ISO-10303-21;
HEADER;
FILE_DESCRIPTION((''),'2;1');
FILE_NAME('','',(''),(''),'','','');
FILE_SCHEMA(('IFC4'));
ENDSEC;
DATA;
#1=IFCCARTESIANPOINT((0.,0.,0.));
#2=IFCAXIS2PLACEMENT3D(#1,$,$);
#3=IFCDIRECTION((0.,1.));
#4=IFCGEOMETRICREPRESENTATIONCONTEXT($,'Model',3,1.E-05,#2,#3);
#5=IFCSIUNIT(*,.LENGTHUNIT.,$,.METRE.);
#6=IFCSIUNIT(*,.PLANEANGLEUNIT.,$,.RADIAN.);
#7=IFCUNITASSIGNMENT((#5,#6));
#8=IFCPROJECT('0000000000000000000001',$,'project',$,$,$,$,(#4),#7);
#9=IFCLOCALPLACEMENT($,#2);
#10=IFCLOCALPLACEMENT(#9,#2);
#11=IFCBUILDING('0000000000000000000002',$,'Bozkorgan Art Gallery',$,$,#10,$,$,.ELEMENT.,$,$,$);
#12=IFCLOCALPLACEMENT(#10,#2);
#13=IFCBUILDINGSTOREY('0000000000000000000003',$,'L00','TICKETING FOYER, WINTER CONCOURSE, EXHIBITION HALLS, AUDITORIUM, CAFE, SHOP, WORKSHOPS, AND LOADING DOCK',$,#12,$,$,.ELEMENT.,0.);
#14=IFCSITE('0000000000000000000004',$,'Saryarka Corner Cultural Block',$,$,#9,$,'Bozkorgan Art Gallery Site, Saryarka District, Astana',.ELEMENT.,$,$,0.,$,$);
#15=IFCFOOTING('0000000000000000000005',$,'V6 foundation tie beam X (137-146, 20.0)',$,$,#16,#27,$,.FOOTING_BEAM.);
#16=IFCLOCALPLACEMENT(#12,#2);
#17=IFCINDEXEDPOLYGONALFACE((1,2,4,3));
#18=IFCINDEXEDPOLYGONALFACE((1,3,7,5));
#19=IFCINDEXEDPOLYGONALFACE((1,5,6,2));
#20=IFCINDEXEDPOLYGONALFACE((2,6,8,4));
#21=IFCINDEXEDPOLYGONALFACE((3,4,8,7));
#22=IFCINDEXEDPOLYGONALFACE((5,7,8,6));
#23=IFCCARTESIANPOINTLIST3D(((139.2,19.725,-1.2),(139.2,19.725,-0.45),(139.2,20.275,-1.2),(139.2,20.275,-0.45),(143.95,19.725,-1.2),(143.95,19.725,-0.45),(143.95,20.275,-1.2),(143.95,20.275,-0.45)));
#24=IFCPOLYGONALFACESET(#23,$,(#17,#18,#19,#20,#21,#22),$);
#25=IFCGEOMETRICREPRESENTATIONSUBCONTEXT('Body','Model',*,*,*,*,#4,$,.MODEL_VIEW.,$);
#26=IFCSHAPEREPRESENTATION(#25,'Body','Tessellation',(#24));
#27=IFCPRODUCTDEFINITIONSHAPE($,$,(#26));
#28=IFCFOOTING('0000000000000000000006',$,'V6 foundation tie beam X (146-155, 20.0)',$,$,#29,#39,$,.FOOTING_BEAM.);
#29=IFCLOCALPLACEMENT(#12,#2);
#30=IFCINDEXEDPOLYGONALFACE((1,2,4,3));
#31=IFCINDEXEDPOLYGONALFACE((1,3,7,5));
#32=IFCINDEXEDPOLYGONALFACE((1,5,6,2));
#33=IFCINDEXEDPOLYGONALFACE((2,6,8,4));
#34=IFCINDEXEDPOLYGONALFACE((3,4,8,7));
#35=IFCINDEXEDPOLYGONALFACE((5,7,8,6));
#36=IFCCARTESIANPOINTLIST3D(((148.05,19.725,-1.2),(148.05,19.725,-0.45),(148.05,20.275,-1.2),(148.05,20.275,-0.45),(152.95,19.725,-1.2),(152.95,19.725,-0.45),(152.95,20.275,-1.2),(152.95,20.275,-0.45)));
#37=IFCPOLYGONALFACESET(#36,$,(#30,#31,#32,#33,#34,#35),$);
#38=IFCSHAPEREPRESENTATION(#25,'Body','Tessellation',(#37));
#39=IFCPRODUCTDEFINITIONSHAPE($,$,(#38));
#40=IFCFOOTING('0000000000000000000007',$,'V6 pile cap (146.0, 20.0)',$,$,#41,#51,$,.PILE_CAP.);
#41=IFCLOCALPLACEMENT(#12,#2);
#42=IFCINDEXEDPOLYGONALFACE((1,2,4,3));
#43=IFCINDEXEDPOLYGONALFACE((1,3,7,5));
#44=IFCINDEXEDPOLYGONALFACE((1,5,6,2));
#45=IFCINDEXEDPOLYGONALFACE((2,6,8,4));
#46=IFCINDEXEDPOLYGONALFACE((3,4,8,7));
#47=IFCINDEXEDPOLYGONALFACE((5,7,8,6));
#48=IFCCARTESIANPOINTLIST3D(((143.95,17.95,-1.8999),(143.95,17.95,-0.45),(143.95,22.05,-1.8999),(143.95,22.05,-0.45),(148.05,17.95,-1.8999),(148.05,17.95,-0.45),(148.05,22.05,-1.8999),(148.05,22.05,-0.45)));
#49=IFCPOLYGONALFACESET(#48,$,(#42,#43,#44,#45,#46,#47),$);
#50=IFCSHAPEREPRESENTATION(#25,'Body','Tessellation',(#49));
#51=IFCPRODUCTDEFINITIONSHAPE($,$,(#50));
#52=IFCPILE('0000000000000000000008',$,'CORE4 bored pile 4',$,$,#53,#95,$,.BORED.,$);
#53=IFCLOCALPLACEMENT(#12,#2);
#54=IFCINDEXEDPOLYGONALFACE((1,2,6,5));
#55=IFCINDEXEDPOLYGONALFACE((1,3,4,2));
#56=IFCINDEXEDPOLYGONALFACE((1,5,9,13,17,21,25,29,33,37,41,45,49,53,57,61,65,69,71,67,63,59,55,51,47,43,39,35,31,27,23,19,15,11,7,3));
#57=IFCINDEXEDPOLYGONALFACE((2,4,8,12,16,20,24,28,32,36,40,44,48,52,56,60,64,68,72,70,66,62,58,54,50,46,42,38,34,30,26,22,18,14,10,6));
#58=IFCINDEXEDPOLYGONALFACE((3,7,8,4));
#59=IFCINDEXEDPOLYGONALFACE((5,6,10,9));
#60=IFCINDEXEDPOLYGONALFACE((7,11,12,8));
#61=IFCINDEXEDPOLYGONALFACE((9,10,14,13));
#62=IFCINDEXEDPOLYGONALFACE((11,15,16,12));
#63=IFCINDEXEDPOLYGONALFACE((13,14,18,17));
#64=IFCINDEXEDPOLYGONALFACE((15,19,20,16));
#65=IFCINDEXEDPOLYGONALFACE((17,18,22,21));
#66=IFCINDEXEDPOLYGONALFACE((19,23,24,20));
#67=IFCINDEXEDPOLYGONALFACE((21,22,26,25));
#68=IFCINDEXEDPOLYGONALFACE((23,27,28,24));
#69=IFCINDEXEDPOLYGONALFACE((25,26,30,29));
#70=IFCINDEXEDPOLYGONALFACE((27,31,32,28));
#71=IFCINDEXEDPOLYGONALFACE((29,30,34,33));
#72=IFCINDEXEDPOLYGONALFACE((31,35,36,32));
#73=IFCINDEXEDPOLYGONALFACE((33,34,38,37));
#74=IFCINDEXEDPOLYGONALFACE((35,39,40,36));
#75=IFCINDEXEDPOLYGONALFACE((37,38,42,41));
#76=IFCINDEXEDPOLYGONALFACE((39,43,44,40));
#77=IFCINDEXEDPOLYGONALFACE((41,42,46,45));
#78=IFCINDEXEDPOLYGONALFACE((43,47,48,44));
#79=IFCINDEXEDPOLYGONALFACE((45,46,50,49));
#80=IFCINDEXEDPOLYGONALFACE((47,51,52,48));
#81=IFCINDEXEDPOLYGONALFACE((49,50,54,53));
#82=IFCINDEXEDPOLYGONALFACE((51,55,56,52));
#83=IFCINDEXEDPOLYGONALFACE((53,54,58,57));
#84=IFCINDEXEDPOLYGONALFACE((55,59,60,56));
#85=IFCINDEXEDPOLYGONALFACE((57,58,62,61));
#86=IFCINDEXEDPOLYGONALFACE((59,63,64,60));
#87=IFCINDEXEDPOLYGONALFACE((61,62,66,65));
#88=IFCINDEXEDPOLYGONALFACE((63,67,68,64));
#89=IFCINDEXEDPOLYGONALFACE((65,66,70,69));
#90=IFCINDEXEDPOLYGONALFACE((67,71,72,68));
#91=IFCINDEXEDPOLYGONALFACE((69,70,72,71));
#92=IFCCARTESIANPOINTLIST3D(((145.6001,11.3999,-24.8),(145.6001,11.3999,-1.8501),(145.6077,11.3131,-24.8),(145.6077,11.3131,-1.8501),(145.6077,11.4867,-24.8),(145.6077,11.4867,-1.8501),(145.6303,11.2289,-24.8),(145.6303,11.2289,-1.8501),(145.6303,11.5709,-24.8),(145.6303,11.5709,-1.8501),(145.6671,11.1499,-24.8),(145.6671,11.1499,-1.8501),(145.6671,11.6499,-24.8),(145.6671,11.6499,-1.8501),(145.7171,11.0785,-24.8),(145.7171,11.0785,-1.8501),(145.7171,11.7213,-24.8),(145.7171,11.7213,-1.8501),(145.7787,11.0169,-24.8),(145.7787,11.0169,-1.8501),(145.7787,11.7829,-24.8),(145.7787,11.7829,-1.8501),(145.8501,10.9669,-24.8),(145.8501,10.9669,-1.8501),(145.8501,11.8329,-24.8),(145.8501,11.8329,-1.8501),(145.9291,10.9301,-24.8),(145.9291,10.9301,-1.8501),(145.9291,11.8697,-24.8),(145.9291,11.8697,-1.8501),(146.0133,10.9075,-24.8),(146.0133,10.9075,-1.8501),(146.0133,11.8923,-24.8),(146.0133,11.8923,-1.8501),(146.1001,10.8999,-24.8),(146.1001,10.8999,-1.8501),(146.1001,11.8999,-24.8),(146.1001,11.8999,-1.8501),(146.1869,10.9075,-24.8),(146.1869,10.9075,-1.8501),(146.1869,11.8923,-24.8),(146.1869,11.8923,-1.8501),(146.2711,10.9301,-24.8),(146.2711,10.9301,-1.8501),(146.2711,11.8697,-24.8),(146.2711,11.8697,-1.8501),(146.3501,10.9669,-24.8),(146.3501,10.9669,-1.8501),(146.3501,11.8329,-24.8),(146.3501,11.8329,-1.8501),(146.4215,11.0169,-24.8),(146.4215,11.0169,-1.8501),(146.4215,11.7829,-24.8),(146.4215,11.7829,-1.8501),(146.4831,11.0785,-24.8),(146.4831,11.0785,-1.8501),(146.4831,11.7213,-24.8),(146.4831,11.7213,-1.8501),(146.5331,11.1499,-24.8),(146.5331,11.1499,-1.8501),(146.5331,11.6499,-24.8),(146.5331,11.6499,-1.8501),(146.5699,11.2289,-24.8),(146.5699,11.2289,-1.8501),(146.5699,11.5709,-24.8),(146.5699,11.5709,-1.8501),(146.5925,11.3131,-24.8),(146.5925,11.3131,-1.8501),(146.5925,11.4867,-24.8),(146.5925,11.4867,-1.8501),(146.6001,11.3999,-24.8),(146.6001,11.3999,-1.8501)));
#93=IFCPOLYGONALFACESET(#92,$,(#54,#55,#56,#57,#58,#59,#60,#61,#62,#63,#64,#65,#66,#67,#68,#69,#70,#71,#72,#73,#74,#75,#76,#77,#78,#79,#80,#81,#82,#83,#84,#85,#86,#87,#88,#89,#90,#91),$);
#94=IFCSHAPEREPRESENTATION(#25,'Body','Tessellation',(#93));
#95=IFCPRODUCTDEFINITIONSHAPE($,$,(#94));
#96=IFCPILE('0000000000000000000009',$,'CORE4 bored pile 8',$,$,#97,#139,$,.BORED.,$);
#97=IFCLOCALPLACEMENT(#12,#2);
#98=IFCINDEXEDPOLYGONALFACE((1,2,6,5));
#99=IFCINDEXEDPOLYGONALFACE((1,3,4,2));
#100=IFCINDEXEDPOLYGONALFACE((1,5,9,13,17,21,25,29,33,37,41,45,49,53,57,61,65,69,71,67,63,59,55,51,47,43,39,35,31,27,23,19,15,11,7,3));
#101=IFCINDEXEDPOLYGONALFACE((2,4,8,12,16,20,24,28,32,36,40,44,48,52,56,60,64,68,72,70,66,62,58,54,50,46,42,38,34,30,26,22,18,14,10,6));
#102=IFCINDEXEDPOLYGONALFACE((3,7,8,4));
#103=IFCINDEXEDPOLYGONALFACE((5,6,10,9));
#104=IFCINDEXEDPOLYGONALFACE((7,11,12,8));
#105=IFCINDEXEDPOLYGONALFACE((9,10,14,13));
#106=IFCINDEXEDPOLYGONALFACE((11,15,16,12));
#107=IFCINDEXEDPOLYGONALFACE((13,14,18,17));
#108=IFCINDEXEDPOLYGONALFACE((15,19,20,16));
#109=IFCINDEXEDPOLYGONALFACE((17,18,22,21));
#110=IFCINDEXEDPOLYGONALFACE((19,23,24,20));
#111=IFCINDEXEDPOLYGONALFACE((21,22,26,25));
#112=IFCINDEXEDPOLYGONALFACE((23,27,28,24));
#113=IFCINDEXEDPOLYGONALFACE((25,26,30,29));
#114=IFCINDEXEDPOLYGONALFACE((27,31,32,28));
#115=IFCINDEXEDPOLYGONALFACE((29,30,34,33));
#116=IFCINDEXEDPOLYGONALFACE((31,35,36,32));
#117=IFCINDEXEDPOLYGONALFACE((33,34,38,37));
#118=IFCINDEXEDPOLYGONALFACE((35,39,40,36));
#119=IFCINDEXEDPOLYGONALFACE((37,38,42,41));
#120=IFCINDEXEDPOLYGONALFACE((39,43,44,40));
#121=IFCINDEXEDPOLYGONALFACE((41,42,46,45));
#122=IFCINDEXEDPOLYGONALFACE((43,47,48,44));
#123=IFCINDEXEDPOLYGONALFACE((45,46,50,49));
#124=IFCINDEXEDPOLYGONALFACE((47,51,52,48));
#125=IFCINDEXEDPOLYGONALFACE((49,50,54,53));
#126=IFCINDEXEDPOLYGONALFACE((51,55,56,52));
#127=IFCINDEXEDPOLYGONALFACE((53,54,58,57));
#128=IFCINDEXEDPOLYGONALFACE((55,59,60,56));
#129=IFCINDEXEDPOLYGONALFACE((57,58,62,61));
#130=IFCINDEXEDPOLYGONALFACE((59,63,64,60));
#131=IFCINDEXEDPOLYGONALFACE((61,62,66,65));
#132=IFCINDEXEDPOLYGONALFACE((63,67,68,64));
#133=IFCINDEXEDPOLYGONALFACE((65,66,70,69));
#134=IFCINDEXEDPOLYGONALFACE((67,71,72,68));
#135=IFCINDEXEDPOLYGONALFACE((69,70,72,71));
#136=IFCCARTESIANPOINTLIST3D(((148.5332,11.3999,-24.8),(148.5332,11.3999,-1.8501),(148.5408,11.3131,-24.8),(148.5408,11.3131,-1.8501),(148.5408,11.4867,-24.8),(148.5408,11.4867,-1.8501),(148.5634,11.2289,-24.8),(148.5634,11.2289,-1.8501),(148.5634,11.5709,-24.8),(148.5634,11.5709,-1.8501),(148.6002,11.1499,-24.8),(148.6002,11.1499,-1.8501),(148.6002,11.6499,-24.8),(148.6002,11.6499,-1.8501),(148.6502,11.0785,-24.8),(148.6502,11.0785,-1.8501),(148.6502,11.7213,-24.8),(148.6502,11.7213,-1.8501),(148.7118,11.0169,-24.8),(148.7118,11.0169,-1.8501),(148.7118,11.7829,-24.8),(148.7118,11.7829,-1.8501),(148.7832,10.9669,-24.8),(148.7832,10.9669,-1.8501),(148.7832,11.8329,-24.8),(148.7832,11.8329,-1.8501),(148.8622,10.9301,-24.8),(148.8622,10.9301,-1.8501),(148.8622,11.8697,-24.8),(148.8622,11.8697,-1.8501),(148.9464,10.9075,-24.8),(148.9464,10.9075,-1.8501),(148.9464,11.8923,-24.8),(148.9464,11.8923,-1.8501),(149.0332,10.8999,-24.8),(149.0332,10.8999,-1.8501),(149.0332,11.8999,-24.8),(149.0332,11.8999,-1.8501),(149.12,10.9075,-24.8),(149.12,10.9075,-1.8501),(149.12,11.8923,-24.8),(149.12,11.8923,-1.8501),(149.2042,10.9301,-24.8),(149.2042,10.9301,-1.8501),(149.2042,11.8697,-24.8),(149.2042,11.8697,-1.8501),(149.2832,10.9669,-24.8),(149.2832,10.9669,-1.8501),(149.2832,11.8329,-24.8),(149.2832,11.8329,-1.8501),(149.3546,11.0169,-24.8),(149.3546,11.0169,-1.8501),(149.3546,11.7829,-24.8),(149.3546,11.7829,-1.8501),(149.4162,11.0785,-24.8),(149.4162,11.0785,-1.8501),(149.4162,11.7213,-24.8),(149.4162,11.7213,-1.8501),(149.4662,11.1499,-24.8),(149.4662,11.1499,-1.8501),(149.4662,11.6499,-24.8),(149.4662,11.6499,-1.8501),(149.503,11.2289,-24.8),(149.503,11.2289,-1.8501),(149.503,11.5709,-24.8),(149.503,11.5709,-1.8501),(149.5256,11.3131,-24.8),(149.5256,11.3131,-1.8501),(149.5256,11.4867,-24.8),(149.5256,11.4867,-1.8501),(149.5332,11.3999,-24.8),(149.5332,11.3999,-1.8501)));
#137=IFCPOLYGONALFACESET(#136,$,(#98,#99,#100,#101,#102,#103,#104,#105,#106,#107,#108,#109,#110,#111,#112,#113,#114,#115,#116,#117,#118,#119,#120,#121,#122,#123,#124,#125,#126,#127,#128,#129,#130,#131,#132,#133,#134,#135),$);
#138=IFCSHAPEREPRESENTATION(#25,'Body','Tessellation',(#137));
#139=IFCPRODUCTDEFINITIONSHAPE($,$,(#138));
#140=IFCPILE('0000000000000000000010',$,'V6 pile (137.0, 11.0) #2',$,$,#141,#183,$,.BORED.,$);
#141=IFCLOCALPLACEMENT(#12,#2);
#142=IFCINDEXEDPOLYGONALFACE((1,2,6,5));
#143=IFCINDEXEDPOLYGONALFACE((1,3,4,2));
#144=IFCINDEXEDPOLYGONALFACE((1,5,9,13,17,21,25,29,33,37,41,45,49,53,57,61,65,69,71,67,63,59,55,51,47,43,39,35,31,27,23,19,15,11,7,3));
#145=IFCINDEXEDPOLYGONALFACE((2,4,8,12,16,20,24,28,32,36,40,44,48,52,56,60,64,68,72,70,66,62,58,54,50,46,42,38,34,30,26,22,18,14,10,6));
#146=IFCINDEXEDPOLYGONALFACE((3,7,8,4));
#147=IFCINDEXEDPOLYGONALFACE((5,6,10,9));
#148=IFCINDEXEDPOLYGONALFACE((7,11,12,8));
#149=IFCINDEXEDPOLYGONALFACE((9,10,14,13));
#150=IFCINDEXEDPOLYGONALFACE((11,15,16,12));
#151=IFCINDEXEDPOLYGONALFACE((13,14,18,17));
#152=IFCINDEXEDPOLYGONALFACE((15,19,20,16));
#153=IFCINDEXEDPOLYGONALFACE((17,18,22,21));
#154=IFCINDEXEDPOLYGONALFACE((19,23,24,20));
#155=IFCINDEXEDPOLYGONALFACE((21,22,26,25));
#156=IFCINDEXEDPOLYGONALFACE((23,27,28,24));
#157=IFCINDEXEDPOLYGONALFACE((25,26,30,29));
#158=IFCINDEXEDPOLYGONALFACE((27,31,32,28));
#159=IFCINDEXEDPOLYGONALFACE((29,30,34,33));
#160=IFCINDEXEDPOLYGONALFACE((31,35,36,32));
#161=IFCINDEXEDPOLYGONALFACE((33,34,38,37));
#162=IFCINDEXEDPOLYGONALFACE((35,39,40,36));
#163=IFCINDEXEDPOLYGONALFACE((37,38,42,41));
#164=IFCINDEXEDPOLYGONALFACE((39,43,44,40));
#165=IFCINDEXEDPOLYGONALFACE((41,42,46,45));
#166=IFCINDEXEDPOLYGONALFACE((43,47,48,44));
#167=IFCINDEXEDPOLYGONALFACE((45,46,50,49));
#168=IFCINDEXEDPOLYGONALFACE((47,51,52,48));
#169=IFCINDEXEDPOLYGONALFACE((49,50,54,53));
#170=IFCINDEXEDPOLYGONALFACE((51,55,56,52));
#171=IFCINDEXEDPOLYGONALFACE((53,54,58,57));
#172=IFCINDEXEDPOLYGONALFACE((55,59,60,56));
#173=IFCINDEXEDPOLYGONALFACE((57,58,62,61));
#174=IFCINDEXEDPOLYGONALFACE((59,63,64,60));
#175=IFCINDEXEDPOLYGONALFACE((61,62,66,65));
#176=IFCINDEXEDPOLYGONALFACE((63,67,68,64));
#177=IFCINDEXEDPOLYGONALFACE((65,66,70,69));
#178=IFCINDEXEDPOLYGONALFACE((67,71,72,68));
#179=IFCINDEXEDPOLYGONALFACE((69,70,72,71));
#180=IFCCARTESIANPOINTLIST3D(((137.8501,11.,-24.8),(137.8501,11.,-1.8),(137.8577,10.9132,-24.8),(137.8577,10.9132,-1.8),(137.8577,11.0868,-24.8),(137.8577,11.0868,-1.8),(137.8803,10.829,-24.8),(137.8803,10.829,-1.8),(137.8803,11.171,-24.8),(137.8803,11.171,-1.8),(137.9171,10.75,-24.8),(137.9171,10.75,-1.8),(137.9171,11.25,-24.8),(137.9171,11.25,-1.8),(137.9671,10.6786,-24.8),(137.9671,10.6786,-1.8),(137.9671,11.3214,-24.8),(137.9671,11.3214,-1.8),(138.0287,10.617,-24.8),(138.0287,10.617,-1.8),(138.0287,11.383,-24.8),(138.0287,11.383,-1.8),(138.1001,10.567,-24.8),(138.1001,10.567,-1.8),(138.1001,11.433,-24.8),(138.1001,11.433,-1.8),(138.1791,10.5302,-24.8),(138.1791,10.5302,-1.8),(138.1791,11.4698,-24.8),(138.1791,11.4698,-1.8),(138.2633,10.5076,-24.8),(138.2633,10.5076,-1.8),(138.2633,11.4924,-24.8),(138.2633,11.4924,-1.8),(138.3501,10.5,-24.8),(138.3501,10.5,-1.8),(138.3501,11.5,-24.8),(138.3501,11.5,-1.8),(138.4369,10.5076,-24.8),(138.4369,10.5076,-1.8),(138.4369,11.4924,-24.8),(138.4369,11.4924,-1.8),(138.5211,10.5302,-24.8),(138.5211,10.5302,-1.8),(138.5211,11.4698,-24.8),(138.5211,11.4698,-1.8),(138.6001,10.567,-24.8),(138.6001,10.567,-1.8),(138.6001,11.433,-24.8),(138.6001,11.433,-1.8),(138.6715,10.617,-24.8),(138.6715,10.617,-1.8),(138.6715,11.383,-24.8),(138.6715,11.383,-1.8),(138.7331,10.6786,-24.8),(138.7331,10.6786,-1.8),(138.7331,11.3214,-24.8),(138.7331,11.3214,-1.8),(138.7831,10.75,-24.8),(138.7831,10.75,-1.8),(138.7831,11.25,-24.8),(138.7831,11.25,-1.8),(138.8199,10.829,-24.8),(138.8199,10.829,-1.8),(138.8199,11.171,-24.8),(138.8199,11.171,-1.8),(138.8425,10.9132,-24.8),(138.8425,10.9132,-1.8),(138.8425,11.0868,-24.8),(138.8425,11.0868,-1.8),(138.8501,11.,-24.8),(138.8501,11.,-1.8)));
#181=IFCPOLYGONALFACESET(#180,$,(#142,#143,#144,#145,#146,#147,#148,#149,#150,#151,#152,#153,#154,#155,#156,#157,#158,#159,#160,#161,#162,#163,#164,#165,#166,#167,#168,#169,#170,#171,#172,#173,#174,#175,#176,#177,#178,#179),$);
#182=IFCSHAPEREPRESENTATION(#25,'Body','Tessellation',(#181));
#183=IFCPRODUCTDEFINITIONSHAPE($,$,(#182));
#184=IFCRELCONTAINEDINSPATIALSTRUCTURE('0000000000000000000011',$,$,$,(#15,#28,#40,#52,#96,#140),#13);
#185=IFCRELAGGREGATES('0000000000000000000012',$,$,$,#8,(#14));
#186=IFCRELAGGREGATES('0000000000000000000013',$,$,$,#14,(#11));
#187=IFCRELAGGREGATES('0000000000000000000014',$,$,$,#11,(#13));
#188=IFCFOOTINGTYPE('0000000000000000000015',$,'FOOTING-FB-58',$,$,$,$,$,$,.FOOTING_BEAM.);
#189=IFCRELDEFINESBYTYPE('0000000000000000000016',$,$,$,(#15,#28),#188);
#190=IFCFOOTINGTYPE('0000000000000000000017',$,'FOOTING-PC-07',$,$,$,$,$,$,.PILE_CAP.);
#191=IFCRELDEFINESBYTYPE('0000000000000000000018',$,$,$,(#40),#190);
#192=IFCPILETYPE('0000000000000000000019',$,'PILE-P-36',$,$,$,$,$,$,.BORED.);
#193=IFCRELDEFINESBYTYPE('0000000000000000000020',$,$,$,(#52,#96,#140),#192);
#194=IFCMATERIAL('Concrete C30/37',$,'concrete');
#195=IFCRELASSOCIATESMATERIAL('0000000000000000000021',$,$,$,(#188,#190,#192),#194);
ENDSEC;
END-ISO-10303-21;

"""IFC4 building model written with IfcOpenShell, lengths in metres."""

from ifc_helpers import new_model, si_unit, direction, frame, origin, origin_2d, place, context, subcontext, project, spatial, rectangle, circle, extrude, material, material_profile, profile_set, type_object, element, save


model = new_model("IFC4")

# Units and contexts
model_context = context("Model", 3, precision=1e-05, world=origin(), true_north=direction((0.0, 1.0)))
body_context = subcontext(model_context, "Body", "Model", "MODEL_VIEW")
ifc_project = project(units=[si_unit("LENGTHUNIT", "METRE"), si_unit("PLANEANGLEUNIT", "RADIAN")], contexts=[model_context])

# Site, building, storey
site_placement = place(None, origin())
site = spatial("IfcSite", under=ifc_project, at=site_placement, Name="Saryarka Corner Cultural Block", LongName="Bozkorgan Art Gallery Site, Saryarka District, Astana", CompositionType="ELEMENT", RefElevation=0.0)
building_placement = place(site_placement, origin())
building = spatial("IfcBuilding", under=site, at=building_placement, Name="Bozkorgan Art Gallery", CompositionType="ELEMENT")
storey_placement = place(building_placement, origin())
storey = spatial("IfcBuildingStorey", under=building, at=storey_placement, Name="L00", Description="TICKETING FOYER, WINTER CONCOURSE, EXHIBITION HALLS, AUDITORIUM, CAFE, SHOP, WORKSHOPS, AND LOADING DOCK", CompositionType="ELEMENT", Elevation=0.0)

# Footings
ifc_material_1 = material(Name="Concrete C30/37", Category="concrete")
ifc_material_profile_1 = material_profile(ifc_material_1, rectangle(XDim=0.55, YDim=0.75, at=origin_2d()), Name="FND 550x750")
ifc_profile_set_1 = profile_set([ifc_material_profile_1], Name="Concrete C30/37")
footing_type_1 = type_object("IfcFootingType", Name="FOOTING-FB-58", PredefinedType="FOOTING_BEAM", material=ifc_profile_set_1)
footing_1_placement = place(storey_placement, frame((139.2, 20.0, -0.825), z_axis=(1.0, 0.0, 0.0), x_axis=(0.0, 1.0, 0.0)))
element("IfcFooting", 1, at=footing_1_placement, inside=storey, type_object=footing_type_1, Name="V6 foundation tie beam X (137-146, 20.0)", PredefinedType="FOOTING_BEAM", context=body_context, shape_type="SweptSolid", body=[
    extrude(rectangle(XDim=0.55, YDim=0.75, at=origin_2d()), origin(), (0.0, 0.0, 1.0), 4.75),
])
footing_2_placement = place(storey_placement, frame((148.05, 20.0, -0.825), z_axis=(1.0, 0.0, 0.0), x_axis=(0.0, 1.0, 0.0)))
element("IfcFooting", 2, at=footing_2_placement, inside=storey, type_object=footing_type_1, Name="V6 foundation tie beam X (146-155, 20.0)", PredefinedType="FOOTING_BEAM", context=body_context, shape_type="SweptSolid", body=[
    extrude(rectangle(XDim=0.55, YDim=0.75, at=origin_2d()), origin(), (0.0, 0.0, 1.0), 4.8999),
])
footing_type_2 = type_object("IfcFootingType", Name="FOOTING-PC-07", PredefinedType="PILE_CAP", material=ifc_material_1)
footing_3_placement = place(storey_placement, frame((146.0, 20.0, -1.8999), z_axis=(0.0, 0.0, 1.0), x_axis=(1.0, 0.0, 0.0)))
element("IfcFooting", 3, at=footing_3_placement, inside=storey, type_object=footing_type_2, Name="V6 pile cap (146.0, 20.0)", PredefinedType="PILE_CAP", context=body_context, shape_type="SweptSolid", body=[
    extrude(rectangle(XDim=4.1001, YDim=4.1001, at=origin_2d()), origin(), (0.0, 0.0, 1.0), 1.45),
])

# Piles
ifc_material_profile_2 = material_profile(ifc_material_1, circle(Radius=0.5, at=origin_2d()), Name="PILE D1000")
ifc_profile_set_2 = profile_set([ifc_material_profile_2], Name="Concrete C30/37")
pile_type_1 = type_object("IfcPileType", Name="PILE-P-36", PredefinedType="BORED", material=ifc_profile_set_2)
for number, where, z_axis, x_axis, name in (
    (4, (146.1001, 11.3999, -1.8501), (0.0, 0.0, -1.0), (1.0, 0.0, 0.0), "CORE4 bored pile 4"),
    (5, (149.0332, 11.3999, -1.8501), (0.0, 0.0, -1.0), (1.0, 0.0, 0.0), "CORE4 bored pile 8"),
):
    element("IfcPile", number, at=place(storey_placement, frame(where, z_axis=z_axis, x_axis=x_axis)), inside=storey, type_object=pile_type_1, Name=name, PredefinedType="BORED", context=body_context, shape_type="SweptSolid", body=[
        extrude(circle(Radius=0.5, at=origin_2d()), origin(), (0.0, 0.0, 1.0), 22.95),
    ])
pile_1_placement = place(storey_placement, frame((138.3501, 11.0, -1.8), z_axis=(0.0, 0.0, -1.0), x_axis=(1.0, 0.0, 0.0)))
element("IfcPile", 6, at=pile_1_placement, inside=storey, type_object=pile_type_1, Name="V6 pile (137.0, 11.0) #2", PredefinedType="BORED", context=body_context, shape_type="SweptSolid", body=[
    extrude(circle(Radius=0.5, at=origin_2d()), origin(), (0.0, 0.0, 1.0), 23.0),
])

save(model, "model.ifc")
